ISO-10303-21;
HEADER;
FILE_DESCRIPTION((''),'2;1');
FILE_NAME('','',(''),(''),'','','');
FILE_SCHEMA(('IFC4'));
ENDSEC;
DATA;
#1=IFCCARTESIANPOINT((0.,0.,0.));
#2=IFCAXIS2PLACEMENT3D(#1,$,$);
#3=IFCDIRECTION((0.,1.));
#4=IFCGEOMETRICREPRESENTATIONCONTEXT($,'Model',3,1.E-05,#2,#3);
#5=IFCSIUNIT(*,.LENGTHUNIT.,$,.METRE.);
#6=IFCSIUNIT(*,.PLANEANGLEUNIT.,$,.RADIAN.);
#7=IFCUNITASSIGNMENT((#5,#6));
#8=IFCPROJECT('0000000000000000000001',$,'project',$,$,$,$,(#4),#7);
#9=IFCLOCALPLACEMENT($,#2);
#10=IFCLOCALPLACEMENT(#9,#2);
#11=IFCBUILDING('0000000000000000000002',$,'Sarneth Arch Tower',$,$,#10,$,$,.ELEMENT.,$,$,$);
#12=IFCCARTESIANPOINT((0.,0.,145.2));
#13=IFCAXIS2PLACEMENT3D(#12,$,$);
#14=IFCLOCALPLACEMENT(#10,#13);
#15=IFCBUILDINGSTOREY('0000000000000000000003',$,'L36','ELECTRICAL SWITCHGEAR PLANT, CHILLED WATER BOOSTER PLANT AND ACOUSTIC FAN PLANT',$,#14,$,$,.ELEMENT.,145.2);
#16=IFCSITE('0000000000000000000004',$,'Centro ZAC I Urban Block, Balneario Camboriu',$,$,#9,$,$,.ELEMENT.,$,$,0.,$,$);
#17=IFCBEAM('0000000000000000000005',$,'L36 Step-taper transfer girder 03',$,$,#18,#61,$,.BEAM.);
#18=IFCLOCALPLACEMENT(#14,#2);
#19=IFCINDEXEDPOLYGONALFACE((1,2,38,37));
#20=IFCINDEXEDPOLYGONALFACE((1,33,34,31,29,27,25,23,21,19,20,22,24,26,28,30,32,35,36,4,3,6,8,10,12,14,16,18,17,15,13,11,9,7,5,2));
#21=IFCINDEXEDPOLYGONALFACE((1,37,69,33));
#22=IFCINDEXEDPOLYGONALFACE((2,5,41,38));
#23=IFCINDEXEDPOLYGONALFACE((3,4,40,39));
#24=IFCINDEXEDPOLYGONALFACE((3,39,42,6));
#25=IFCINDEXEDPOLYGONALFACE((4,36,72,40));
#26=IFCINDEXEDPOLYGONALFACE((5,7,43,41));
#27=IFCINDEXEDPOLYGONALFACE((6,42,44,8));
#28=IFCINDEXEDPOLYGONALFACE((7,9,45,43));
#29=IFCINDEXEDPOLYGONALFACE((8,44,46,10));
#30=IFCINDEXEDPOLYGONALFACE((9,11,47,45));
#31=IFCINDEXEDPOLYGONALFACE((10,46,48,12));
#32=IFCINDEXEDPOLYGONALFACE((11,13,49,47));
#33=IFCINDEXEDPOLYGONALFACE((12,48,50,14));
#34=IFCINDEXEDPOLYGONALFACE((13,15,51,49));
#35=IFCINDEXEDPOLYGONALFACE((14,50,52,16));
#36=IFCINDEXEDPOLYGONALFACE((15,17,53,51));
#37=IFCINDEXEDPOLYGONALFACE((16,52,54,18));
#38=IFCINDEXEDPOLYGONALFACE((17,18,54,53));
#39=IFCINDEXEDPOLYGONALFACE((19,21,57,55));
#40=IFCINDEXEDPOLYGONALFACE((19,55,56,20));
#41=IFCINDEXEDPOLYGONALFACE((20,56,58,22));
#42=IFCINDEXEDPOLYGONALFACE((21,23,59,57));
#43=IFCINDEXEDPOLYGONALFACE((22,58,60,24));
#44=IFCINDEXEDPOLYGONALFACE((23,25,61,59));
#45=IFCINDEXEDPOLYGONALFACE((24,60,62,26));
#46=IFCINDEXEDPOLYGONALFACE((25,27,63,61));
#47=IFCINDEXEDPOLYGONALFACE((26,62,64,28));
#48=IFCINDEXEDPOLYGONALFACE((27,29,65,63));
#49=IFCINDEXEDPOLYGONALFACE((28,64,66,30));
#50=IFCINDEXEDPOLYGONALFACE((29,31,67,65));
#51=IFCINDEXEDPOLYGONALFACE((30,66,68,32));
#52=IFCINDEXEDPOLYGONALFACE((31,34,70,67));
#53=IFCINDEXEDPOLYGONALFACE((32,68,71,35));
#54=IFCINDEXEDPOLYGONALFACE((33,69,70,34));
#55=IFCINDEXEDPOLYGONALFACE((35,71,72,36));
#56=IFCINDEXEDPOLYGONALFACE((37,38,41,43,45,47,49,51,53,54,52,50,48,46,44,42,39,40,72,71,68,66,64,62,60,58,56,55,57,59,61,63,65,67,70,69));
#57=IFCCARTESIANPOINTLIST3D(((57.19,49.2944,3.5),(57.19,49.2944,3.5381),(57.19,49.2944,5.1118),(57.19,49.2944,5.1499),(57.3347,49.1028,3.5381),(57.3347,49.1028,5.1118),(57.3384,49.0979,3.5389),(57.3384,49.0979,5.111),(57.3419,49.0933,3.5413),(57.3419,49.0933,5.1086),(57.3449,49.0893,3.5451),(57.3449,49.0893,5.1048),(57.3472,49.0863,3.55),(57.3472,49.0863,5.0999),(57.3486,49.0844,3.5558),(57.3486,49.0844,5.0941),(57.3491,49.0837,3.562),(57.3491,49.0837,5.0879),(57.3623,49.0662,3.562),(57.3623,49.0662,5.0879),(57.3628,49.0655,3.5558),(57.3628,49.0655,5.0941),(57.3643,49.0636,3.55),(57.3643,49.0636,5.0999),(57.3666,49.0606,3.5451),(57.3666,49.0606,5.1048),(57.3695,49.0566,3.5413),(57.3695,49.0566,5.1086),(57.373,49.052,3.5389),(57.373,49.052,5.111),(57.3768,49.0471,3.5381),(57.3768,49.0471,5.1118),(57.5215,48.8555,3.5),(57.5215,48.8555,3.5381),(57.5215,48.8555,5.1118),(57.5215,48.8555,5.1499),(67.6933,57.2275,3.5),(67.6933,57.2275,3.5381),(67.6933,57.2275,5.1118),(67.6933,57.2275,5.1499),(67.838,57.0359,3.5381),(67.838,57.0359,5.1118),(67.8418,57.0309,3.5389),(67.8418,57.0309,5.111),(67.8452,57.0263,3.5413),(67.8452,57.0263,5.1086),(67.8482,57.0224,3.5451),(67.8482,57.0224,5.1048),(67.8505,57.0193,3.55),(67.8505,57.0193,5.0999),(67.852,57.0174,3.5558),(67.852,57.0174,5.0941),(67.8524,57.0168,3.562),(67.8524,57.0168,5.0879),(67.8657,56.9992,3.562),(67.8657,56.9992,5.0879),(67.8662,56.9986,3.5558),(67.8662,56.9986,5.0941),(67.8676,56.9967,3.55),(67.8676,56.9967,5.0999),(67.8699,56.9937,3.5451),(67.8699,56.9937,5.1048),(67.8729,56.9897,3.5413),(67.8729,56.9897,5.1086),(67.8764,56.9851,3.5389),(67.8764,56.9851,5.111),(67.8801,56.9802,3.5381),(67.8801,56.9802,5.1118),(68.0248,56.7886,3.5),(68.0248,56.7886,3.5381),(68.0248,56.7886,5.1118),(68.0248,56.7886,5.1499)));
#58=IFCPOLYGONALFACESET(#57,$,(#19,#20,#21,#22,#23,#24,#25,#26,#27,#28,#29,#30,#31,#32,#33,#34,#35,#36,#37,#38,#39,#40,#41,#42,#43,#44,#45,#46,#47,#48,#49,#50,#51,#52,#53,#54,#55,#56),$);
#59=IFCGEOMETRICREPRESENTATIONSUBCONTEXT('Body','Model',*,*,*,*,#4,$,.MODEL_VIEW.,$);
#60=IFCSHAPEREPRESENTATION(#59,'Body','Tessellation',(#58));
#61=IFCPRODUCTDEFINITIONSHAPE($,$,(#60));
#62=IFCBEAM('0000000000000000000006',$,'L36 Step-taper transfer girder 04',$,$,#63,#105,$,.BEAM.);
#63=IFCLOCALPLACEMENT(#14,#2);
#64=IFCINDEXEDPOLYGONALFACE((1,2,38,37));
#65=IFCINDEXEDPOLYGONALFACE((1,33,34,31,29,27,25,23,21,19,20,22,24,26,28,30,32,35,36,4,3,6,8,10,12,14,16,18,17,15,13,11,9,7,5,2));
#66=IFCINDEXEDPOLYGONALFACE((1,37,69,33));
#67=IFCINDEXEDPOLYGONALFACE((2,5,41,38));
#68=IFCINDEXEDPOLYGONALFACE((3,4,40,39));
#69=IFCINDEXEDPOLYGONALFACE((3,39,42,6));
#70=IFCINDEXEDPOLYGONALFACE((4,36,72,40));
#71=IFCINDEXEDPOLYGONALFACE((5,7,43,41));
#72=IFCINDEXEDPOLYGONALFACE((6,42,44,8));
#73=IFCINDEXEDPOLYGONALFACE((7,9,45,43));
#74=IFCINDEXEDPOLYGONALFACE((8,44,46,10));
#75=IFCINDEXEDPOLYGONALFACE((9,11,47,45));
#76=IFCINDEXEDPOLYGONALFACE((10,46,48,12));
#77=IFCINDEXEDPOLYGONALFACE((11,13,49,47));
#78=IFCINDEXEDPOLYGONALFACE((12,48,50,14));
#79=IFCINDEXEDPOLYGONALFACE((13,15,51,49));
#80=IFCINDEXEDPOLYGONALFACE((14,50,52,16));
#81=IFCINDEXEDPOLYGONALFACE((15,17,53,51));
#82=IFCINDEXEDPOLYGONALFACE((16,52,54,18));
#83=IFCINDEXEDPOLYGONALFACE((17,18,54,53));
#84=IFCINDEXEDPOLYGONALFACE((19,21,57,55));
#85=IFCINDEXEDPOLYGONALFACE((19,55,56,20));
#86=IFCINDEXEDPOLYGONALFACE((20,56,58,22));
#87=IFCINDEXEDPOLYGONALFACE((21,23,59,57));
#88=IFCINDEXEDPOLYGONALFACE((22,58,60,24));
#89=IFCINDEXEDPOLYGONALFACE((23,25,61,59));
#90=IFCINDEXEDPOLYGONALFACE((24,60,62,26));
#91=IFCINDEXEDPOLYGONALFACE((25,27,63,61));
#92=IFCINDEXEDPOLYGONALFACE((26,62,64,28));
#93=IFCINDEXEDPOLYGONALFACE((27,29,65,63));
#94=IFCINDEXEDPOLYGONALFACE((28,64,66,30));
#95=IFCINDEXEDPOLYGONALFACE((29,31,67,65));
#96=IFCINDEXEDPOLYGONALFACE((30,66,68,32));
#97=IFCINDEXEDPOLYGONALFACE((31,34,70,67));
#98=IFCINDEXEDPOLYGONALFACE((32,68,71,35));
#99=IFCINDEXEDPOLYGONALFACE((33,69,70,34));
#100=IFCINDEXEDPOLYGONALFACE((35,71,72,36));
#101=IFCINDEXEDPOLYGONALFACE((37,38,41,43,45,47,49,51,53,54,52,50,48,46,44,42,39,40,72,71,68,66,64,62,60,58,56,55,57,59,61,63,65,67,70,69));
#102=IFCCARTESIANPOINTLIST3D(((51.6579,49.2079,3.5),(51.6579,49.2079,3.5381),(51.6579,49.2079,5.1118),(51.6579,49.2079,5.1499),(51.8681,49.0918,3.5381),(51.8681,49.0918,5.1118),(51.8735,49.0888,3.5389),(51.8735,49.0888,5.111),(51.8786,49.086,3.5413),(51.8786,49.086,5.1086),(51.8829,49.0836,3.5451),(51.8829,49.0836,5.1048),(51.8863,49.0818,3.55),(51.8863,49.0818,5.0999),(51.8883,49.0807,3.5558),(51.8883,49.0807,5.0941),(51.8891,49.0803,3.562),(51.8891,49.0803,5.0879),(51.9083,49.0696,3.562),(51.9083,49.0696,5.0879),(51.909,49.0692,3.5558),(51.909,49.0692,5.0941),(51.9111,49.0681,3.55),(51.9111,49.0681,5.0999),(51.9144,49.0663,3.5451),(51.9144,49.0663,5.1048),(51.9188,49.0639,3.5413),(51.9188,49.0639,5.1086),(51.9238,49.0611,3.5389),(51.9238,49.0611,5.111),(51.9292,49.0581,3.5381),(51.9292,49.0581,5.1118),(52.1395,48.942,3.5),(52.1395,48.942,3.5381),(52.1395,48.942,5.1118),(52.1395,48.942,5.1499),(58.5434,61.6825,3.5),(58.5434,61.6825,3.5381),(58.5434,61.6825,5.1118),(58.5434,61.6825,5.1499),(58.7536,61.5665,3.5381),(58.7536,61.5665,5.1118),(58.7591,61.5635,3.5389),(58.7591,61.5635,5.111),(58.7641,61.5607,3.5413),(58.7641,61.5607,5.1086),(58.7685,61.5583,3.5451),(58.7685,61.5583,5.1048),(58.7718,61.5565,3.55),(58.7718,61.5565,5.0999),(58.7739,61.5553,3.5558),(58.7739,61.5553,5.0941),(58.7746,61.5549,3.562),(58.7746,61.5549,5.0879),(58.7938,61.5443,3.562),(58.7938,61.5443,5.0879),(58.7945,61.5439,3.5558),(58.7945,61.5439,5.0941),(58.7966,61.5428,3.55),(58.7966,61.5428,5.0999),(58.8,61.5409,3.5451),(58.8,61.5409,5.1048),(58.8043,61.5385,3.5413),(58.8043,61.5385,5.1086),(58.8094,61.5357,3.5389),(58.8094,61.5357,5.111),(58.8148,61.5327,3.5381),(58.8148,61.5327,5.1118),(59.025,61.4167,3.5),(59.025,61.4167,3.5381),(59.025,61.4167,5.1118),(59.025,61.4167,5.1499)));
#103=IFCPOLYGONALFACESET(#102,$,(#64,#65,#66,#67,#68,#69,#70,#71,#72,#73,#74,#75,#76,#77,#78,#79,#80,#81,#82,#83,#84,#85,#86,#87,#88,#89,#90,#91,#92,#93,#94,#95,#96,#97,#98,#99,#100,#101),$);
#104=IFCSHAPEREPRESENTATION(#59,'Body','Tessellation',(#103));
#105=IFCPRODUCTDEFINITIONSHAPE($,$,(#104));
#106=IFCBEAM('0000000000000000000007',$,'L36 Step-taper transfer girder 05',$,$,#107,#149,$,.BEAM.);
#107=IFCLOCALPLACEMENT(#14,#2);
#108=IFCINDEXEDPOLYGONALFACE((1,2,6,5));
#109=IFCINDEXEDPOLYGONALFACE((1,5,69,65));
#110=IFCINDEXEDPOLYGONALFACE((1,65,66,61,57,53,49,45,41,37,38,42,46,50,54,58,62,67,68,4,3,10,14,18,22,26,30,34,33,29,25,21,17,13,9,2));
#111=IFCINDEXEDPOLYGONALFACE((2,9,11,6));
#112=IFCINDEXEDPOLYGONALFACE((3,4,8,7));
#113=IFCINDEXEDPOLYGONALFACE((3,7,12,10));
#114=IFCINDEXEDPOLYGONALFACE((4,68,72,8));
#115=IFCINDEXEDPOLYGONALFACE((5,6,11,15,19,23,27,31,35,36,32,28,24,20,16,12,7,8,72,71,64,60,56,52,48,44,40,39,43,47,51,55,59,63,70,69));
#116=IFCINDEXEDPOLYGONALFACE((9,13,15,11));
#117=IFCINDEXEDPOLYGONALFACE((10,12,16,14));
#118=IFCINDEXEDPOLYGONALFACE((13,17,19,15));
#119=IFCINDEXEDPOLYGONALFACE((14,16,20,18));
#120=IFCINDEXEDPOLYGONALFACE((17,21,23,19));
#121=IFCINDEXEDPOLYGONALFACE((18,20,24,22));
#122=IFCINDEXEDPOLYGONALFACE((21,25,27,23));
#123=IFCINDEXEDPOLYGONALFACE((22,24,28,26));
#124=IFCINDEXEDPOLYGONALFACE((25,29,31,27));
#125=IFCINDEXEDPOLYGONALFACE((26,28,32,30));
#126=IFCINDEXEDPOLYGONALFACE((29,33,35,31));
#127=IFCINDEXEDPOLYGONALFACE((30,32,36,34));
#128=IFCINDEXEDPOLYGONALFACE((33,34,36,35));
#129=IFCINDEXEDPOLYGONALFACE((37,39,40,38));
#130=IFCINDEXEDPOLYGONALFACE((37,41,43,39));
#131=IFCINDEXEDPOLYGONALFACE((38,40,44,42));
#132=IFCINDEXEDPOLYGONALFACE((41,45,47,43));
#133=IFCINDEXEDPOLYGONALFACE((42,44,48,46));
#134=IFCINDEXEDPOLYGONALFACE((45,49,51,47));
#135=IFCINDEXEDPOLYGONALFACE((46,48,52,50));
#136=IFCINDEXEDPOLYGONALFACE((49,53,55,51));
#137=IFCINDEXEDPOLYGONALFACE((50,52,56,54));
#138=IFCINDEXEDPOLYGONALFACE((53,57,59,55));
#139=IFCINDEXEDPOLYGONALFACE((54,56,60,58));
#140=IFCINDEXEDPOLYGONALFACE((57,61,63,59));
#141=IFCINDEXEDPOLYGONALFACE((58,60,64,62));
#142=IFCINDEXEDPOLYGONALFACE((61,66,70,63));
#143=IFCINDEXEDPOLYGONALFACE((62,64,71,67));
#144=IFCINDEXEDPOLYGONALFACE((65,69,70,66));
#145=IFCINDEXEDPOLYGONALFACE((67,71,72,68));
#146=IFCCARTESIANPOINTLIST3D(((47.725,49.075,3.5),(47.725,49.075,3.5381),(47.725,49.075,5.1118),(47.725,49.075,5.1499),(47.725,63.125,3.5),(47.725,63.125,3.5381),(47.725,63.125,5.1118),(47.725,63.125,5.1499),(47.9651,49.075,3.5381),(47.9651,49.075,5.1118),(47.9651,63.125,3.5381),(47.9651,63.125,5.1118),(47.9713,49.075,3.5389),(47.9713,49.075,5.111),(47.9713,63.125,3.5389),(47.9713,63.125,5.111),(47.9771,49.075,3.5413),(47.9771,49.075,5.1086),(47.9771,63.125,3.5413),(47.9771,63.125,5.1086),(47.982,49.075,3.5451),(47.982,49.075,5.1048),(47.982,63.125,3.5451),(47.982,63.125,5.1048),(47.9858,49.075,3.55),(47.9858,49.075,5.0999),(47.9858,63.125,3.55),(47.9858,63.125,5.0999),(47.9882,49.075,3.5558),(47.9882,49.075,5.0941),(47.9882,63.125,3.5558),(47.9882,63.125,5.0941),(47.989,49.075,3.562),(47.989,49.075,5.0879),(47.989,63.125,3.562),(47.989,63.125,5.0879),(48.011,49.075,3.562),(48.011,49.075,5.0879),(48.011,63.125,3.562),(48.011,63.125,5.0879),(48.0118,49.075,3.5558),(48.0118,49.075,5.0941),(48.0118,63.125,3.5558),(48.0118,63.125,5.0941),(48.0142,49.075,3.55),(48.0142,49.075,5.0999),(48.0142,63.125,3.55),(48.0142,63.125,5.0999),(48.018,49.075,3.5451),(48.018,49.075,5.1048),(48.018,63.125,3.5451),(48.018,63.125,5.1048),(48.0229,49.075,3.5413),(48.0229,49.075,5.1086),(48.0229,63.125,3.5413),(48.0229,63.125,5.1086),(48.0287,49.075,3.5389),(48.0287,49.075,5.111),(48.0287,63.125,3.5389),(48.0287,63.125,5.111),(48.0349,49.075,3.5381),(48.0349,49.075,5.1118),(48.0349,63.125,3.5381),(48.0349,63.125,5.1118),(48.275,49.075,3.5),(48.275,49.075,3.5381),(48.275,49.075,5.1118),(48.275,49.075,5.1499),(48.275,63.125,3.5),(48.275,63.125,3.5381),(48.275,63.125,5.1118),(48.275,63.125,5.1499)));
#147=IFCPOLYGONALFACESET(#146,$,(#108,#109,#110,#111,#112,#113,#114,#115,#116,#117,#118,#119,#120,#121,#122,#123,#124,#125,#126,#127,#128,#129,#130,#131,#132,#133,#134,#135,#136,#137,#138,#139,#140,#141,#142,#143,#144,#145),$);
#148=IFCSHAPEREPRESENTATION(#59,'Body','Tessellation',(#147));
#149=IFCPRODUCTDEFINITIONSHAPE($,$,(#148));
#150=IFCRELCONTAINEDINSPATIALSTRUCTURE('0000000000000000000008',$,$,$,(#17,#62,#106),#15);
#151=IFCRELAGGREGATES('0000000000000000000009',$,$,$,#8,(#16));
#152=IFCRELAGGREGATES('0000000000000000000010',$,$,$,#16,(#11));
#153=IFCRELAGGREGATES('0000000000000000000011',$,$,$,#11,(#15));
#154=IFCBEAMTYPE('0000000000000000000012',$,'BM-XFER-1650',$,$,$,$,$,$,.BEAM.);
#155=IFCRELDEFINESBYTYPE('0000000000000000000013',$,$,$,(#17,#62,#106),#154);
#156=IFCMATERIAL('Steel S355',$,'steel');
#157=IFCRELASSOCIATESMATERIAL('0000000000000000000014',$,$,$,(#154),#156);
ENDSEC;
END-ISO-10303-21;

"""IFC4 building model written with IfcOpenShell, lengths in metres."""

from ifc_helpers import new_model, si_unit, direction, frame, origin, origin_2d, place, context, subcontext, project, spatial, i_section, extrude, material, material_profile, profile_set, type_object, element, save


model = new_model("IFC4")

# Units and contexts
model_context = context("Model", 3, precision=1e-05, world=origin(), true_north=direction((0.0, 1.0)))
body_context = subcontext(model_context, "Body", "Model", "MODEL_VIEW")
ifc_project = project(units=[si_unit("LENGTHUNIT", "METRE"), si_unit("PLANEANGLEUNIT", "RADIAN")], contexts=[model_context])

# Site, building, storey
site_placement = place(None, origin())
site = spatial("IfcSite", under=ifc_project, at=site_placement, Name="Centro ZAC I Urban Block, Balneario Camboriu", CompositionType="ELEMENT", RefElevation=0.0)
building_placement = place(site_placement, origin())
building = spatial("IfcBuilding", under=site, at=building_placement, Name="Sarneth Arch Tower", CompositionType="ELEMENT")
storey_placement = place(building_placement, frame((0.0, 0.0, 145.2)))
storey = spatial("IfcBuildingStorey", under=building, at=storey_placement, Name="L36", Description="ELECTRICAL SWITCHGEAR PLANT, CHILLED WATER BOOSTER PLANT AND ACOUSTIC FAN PLANT", CompositionType="ELEMENT", Elevation=145.2)

# Beams
ifc_material_1 = material(Name="Steel S355", Category="steel")
ifc_material_profile_1 = material_profile(ifc_material_1, i_section(OverallWidth=0.55, OverallDepth=1.6499, WebThickness=0.022, FlangeThickness=0.0381, FilletRadius=0.0239, at=origin_2d()), Name="CVS1650x680")
ifc_profile_set_1 = profile_set([ifc_material_profile_1], Name="Steel S355")
beam_type_1 = type_object("IfcBeamType", Name="BM-XFER-1650", PredefinedType="BEAM", material=ifc_profile_set_1)
beam_1_placement = place(storey_placement, frame((57.3557, 49.075, 4.325), z_axis=(0.79797, 0.602697, 0.0), x_axis=(-0.602697, 0.79797, 0.0)))
element("IfcBeam", 1, at=beam_1_placement, inside=storey, type_object=beam_type_1, Name="L36 Step-taper transfer girder 03", PredefinedType="BEAM", context=body_context, shape_type="SweptSolid", body=[
    extrude(i_section(OverallWidth=0.55, OverallDepth=1.6499, WebThickness=0.022, FlangeThickness=0.0381, FilletRadius=0.0239, at=origin_2d()), origin(), (0.0, 0.0, 1.0), 13.1626),
])
beam_2_placement = place(storey_placement, frame((51.8987, 49.075, 4.325), z_axis=(0.483236, 0.87549, 0.0), x_axis=(-0.87549, 0.483236, 0.0)))
element("IfcBeam", 2, at=beam_2_placement, inside=storey, type_object=beam_type_1, Name="L36 Step-taper transfer girder 04", PredefinedType="BEAM", context=body_context, shape_type="SweptSolid", body=[
    extrude(i_section(OverallWidth=0.55, OverallDepth=1.6499, WebThickness=0.022, FlangeThickness=0.0381, FilletRadius=0.0239, at=origin_2d()), origin(), (0.0, 0.0, 1.0), 14.2488),
])
beam_3_placement = place(storey_placement, frame((48.0, 49.075, 4.325), z_axis=(0.0, 1.0, 0.0), x_axis=(-1.0, 0.0, 0.0)))
element("IfcBeam", 3, at=beam_3_placement, inside=storey, type_object=beam_type_1, Name="L36 Step-taper transfer girder 05", PredefinedType="BEAM", context=body_context, shape_type="SweptSolid", body=[
    extrude(i_section(OverallWidth=0.55, OverallDepth=1.6499, WebThickness=0.022, FlangeThickness=0.0381, FilletRadius=0.0239, at=origin_2d()), origin(), (0.0, 0.0, 1.0), 14.05),
])

save(model, "model.ifc")
